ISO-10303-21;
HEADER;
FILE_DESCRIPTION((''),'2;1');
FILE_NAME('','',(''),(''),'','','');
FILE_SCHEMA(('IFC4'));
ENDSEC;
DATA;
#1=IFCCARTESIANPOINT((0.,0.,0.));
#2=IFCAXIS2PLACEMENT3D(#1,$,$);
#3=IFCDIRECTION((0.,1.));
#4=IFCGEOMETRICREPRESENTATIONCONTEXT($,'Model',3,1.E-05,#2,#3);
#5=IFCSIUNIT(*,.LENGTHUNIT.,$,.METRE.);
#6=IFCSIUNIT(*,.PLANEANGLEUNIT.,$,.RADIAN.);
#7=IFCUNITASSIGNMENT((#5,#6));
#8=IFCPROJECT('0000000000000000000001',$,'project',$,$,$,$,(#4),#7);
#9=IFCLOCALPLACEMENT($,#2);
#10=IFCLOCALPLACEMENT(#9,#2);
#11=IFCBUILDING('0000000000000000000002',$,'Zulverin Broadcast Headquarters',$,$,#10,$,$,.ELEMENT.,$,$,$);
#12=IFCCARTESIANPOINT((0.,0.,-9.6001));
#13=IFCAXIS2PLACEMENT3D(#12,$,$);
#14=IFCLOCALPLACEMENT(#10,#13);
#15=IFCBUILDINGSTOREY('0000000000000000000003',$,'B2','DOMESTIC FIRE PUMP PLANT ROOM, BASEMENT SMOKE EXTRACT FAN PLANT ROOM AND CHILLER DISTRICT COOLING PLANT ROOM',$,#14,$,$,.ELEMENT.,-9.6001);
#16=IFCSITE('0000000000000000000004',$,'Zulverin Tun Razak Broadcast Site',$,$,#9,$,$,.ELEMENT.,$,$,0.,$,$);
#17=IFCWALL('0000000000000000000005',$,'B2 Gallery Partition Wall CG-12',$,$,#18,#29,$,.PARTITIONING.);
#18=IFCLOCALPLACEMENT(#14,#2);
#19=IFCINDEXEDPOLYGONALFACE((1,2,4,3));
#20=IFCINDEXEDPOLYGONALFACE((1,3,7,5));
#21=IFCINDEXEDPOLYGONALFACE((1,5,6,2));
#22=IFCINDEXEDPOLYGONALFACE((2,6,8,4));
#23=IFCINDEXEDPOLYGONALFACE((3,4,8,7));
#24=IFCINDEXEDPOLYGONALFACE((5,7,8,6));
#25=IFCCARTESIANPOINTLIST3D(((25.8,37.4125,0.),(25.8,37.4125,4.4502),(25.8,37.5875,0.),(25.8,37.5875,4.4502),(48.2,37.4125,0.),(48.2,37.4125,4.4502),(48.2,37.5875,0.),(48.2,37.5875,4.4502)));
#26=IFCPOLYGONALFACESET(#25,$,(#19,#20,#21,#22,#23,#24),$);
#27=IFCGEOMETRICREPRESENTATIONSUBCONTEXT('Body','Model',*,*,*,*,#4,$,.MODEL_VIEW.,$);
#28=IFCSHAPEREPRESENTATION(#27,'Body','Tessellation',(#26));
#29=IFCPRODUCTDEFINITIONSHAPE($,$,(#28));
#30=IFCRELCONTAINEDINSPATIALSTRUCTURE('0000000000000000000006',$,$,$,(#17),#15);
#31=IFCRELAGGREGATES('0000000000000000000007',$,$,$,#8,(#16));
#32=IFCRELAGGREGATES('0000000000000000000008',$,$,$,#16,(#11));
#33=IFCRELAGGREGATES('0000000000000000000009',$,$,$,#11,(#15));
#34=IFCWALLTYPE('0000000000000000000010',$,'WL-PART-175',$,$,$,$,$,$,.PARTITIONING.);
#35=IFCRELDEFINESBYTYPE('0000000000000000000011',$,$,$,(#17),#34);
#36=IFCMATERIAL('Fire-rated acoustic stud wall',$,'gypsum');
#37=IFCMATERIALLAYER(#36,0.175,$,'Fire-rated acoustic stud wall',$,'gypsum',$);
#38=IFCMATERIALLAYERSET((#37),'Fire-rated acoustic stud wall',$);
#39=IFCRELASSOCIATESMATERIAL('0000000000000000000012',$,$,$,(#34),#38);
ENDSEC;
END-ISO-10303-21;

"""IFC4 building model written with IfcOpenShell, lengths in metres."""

from ifc_helpers import new_model, si_unit, direction, frame, frame_2d, origin, place, context, subcontext, project, spatial, rectangle, extrude, material, layer, layer_set, type_object, element, save


model = new_model("IFC4")

# Units and contexts
model_context = context("Model", 3, precision=1e-05, world=origin(), true_north=direction((0.0, 1.0)))
body_context = subcontext(model_context, "Body", "Model", "MODEL_VIEW")
ifc_project = project(units=[si_unit("LENGTHUNIT", "METRE"), si_unit("PLANEANGLEUNIT", "RADIAN")], contexts=[model_context])

# Site, building, storey
site_placement = place(None, origin())
site = spatial("IfcSite", under=ifc_project, at=site_placement, Name="Zulverin Tun Razak Broadcast Site", CompositionType="ELEMENT", RefElevation=0.0)
building_placement = place(site_placement, origin())
building = spatial("IfcBuilding", under=site, at=building_placement, Name="Zulverin Broadcast Headquarters", CompositionType="ELEMENT")
storey_placement = place(building_placement, frame((0.0, 0.0, -9.6001)))
storey = spatial("IfcBuildingStorey", under=building, at=storey_placement, Name="B2", Description="DOMESTIC FIRE PUMP PLANT ROOM, BASEMENT SMOKE EXTRACT FAN PLANT ROOM AND CHILLER DISTRICT COOLING PLANT ROOM", CompositionType="ELEMENT", Elevation=-9.6001)

# Wall
ifc_material_1 = material(Name="Fire-rated acoustic stud wall", Category="gypsum")
ifc_layer_1 = layer(ifc_material_1, 0.175, Name="Fire-rated acoustic stud wall", Category="gypsum")
ifc_layer_set_1 = layer_set([ifc_layer_1], Name="Fire-rated acoustic stud wall")
wall_type_1 = type_object("IfcWallType", Name="WL-PART-175", PredefinedType="PARTITIONING", material=ifc_layer_set_1)
wall_1_placement = place(storey_placement, frame((25.8, 37.5, 0.0), z_axis=(0.0, 0.0, 1.0), x_axis=(1.0, 0.0, 0.0)))
element("IfcWall", 1, at=wall_1_placement, inside=storey, type_object=wall_type_1, Name="B2 Gallery Partition Wall CG-12", PredefinedType="PARTITIONING", context=body_context, shape_type="SweptSolid", body=[
    extrude(rectangle(XDim=22.3999, YDim=0.175, at=frame_2d((11.2, 0.0))), origin(), (0.0, 0.0, 1.0), 4.4502),
])

save(model, "model.ifc")
